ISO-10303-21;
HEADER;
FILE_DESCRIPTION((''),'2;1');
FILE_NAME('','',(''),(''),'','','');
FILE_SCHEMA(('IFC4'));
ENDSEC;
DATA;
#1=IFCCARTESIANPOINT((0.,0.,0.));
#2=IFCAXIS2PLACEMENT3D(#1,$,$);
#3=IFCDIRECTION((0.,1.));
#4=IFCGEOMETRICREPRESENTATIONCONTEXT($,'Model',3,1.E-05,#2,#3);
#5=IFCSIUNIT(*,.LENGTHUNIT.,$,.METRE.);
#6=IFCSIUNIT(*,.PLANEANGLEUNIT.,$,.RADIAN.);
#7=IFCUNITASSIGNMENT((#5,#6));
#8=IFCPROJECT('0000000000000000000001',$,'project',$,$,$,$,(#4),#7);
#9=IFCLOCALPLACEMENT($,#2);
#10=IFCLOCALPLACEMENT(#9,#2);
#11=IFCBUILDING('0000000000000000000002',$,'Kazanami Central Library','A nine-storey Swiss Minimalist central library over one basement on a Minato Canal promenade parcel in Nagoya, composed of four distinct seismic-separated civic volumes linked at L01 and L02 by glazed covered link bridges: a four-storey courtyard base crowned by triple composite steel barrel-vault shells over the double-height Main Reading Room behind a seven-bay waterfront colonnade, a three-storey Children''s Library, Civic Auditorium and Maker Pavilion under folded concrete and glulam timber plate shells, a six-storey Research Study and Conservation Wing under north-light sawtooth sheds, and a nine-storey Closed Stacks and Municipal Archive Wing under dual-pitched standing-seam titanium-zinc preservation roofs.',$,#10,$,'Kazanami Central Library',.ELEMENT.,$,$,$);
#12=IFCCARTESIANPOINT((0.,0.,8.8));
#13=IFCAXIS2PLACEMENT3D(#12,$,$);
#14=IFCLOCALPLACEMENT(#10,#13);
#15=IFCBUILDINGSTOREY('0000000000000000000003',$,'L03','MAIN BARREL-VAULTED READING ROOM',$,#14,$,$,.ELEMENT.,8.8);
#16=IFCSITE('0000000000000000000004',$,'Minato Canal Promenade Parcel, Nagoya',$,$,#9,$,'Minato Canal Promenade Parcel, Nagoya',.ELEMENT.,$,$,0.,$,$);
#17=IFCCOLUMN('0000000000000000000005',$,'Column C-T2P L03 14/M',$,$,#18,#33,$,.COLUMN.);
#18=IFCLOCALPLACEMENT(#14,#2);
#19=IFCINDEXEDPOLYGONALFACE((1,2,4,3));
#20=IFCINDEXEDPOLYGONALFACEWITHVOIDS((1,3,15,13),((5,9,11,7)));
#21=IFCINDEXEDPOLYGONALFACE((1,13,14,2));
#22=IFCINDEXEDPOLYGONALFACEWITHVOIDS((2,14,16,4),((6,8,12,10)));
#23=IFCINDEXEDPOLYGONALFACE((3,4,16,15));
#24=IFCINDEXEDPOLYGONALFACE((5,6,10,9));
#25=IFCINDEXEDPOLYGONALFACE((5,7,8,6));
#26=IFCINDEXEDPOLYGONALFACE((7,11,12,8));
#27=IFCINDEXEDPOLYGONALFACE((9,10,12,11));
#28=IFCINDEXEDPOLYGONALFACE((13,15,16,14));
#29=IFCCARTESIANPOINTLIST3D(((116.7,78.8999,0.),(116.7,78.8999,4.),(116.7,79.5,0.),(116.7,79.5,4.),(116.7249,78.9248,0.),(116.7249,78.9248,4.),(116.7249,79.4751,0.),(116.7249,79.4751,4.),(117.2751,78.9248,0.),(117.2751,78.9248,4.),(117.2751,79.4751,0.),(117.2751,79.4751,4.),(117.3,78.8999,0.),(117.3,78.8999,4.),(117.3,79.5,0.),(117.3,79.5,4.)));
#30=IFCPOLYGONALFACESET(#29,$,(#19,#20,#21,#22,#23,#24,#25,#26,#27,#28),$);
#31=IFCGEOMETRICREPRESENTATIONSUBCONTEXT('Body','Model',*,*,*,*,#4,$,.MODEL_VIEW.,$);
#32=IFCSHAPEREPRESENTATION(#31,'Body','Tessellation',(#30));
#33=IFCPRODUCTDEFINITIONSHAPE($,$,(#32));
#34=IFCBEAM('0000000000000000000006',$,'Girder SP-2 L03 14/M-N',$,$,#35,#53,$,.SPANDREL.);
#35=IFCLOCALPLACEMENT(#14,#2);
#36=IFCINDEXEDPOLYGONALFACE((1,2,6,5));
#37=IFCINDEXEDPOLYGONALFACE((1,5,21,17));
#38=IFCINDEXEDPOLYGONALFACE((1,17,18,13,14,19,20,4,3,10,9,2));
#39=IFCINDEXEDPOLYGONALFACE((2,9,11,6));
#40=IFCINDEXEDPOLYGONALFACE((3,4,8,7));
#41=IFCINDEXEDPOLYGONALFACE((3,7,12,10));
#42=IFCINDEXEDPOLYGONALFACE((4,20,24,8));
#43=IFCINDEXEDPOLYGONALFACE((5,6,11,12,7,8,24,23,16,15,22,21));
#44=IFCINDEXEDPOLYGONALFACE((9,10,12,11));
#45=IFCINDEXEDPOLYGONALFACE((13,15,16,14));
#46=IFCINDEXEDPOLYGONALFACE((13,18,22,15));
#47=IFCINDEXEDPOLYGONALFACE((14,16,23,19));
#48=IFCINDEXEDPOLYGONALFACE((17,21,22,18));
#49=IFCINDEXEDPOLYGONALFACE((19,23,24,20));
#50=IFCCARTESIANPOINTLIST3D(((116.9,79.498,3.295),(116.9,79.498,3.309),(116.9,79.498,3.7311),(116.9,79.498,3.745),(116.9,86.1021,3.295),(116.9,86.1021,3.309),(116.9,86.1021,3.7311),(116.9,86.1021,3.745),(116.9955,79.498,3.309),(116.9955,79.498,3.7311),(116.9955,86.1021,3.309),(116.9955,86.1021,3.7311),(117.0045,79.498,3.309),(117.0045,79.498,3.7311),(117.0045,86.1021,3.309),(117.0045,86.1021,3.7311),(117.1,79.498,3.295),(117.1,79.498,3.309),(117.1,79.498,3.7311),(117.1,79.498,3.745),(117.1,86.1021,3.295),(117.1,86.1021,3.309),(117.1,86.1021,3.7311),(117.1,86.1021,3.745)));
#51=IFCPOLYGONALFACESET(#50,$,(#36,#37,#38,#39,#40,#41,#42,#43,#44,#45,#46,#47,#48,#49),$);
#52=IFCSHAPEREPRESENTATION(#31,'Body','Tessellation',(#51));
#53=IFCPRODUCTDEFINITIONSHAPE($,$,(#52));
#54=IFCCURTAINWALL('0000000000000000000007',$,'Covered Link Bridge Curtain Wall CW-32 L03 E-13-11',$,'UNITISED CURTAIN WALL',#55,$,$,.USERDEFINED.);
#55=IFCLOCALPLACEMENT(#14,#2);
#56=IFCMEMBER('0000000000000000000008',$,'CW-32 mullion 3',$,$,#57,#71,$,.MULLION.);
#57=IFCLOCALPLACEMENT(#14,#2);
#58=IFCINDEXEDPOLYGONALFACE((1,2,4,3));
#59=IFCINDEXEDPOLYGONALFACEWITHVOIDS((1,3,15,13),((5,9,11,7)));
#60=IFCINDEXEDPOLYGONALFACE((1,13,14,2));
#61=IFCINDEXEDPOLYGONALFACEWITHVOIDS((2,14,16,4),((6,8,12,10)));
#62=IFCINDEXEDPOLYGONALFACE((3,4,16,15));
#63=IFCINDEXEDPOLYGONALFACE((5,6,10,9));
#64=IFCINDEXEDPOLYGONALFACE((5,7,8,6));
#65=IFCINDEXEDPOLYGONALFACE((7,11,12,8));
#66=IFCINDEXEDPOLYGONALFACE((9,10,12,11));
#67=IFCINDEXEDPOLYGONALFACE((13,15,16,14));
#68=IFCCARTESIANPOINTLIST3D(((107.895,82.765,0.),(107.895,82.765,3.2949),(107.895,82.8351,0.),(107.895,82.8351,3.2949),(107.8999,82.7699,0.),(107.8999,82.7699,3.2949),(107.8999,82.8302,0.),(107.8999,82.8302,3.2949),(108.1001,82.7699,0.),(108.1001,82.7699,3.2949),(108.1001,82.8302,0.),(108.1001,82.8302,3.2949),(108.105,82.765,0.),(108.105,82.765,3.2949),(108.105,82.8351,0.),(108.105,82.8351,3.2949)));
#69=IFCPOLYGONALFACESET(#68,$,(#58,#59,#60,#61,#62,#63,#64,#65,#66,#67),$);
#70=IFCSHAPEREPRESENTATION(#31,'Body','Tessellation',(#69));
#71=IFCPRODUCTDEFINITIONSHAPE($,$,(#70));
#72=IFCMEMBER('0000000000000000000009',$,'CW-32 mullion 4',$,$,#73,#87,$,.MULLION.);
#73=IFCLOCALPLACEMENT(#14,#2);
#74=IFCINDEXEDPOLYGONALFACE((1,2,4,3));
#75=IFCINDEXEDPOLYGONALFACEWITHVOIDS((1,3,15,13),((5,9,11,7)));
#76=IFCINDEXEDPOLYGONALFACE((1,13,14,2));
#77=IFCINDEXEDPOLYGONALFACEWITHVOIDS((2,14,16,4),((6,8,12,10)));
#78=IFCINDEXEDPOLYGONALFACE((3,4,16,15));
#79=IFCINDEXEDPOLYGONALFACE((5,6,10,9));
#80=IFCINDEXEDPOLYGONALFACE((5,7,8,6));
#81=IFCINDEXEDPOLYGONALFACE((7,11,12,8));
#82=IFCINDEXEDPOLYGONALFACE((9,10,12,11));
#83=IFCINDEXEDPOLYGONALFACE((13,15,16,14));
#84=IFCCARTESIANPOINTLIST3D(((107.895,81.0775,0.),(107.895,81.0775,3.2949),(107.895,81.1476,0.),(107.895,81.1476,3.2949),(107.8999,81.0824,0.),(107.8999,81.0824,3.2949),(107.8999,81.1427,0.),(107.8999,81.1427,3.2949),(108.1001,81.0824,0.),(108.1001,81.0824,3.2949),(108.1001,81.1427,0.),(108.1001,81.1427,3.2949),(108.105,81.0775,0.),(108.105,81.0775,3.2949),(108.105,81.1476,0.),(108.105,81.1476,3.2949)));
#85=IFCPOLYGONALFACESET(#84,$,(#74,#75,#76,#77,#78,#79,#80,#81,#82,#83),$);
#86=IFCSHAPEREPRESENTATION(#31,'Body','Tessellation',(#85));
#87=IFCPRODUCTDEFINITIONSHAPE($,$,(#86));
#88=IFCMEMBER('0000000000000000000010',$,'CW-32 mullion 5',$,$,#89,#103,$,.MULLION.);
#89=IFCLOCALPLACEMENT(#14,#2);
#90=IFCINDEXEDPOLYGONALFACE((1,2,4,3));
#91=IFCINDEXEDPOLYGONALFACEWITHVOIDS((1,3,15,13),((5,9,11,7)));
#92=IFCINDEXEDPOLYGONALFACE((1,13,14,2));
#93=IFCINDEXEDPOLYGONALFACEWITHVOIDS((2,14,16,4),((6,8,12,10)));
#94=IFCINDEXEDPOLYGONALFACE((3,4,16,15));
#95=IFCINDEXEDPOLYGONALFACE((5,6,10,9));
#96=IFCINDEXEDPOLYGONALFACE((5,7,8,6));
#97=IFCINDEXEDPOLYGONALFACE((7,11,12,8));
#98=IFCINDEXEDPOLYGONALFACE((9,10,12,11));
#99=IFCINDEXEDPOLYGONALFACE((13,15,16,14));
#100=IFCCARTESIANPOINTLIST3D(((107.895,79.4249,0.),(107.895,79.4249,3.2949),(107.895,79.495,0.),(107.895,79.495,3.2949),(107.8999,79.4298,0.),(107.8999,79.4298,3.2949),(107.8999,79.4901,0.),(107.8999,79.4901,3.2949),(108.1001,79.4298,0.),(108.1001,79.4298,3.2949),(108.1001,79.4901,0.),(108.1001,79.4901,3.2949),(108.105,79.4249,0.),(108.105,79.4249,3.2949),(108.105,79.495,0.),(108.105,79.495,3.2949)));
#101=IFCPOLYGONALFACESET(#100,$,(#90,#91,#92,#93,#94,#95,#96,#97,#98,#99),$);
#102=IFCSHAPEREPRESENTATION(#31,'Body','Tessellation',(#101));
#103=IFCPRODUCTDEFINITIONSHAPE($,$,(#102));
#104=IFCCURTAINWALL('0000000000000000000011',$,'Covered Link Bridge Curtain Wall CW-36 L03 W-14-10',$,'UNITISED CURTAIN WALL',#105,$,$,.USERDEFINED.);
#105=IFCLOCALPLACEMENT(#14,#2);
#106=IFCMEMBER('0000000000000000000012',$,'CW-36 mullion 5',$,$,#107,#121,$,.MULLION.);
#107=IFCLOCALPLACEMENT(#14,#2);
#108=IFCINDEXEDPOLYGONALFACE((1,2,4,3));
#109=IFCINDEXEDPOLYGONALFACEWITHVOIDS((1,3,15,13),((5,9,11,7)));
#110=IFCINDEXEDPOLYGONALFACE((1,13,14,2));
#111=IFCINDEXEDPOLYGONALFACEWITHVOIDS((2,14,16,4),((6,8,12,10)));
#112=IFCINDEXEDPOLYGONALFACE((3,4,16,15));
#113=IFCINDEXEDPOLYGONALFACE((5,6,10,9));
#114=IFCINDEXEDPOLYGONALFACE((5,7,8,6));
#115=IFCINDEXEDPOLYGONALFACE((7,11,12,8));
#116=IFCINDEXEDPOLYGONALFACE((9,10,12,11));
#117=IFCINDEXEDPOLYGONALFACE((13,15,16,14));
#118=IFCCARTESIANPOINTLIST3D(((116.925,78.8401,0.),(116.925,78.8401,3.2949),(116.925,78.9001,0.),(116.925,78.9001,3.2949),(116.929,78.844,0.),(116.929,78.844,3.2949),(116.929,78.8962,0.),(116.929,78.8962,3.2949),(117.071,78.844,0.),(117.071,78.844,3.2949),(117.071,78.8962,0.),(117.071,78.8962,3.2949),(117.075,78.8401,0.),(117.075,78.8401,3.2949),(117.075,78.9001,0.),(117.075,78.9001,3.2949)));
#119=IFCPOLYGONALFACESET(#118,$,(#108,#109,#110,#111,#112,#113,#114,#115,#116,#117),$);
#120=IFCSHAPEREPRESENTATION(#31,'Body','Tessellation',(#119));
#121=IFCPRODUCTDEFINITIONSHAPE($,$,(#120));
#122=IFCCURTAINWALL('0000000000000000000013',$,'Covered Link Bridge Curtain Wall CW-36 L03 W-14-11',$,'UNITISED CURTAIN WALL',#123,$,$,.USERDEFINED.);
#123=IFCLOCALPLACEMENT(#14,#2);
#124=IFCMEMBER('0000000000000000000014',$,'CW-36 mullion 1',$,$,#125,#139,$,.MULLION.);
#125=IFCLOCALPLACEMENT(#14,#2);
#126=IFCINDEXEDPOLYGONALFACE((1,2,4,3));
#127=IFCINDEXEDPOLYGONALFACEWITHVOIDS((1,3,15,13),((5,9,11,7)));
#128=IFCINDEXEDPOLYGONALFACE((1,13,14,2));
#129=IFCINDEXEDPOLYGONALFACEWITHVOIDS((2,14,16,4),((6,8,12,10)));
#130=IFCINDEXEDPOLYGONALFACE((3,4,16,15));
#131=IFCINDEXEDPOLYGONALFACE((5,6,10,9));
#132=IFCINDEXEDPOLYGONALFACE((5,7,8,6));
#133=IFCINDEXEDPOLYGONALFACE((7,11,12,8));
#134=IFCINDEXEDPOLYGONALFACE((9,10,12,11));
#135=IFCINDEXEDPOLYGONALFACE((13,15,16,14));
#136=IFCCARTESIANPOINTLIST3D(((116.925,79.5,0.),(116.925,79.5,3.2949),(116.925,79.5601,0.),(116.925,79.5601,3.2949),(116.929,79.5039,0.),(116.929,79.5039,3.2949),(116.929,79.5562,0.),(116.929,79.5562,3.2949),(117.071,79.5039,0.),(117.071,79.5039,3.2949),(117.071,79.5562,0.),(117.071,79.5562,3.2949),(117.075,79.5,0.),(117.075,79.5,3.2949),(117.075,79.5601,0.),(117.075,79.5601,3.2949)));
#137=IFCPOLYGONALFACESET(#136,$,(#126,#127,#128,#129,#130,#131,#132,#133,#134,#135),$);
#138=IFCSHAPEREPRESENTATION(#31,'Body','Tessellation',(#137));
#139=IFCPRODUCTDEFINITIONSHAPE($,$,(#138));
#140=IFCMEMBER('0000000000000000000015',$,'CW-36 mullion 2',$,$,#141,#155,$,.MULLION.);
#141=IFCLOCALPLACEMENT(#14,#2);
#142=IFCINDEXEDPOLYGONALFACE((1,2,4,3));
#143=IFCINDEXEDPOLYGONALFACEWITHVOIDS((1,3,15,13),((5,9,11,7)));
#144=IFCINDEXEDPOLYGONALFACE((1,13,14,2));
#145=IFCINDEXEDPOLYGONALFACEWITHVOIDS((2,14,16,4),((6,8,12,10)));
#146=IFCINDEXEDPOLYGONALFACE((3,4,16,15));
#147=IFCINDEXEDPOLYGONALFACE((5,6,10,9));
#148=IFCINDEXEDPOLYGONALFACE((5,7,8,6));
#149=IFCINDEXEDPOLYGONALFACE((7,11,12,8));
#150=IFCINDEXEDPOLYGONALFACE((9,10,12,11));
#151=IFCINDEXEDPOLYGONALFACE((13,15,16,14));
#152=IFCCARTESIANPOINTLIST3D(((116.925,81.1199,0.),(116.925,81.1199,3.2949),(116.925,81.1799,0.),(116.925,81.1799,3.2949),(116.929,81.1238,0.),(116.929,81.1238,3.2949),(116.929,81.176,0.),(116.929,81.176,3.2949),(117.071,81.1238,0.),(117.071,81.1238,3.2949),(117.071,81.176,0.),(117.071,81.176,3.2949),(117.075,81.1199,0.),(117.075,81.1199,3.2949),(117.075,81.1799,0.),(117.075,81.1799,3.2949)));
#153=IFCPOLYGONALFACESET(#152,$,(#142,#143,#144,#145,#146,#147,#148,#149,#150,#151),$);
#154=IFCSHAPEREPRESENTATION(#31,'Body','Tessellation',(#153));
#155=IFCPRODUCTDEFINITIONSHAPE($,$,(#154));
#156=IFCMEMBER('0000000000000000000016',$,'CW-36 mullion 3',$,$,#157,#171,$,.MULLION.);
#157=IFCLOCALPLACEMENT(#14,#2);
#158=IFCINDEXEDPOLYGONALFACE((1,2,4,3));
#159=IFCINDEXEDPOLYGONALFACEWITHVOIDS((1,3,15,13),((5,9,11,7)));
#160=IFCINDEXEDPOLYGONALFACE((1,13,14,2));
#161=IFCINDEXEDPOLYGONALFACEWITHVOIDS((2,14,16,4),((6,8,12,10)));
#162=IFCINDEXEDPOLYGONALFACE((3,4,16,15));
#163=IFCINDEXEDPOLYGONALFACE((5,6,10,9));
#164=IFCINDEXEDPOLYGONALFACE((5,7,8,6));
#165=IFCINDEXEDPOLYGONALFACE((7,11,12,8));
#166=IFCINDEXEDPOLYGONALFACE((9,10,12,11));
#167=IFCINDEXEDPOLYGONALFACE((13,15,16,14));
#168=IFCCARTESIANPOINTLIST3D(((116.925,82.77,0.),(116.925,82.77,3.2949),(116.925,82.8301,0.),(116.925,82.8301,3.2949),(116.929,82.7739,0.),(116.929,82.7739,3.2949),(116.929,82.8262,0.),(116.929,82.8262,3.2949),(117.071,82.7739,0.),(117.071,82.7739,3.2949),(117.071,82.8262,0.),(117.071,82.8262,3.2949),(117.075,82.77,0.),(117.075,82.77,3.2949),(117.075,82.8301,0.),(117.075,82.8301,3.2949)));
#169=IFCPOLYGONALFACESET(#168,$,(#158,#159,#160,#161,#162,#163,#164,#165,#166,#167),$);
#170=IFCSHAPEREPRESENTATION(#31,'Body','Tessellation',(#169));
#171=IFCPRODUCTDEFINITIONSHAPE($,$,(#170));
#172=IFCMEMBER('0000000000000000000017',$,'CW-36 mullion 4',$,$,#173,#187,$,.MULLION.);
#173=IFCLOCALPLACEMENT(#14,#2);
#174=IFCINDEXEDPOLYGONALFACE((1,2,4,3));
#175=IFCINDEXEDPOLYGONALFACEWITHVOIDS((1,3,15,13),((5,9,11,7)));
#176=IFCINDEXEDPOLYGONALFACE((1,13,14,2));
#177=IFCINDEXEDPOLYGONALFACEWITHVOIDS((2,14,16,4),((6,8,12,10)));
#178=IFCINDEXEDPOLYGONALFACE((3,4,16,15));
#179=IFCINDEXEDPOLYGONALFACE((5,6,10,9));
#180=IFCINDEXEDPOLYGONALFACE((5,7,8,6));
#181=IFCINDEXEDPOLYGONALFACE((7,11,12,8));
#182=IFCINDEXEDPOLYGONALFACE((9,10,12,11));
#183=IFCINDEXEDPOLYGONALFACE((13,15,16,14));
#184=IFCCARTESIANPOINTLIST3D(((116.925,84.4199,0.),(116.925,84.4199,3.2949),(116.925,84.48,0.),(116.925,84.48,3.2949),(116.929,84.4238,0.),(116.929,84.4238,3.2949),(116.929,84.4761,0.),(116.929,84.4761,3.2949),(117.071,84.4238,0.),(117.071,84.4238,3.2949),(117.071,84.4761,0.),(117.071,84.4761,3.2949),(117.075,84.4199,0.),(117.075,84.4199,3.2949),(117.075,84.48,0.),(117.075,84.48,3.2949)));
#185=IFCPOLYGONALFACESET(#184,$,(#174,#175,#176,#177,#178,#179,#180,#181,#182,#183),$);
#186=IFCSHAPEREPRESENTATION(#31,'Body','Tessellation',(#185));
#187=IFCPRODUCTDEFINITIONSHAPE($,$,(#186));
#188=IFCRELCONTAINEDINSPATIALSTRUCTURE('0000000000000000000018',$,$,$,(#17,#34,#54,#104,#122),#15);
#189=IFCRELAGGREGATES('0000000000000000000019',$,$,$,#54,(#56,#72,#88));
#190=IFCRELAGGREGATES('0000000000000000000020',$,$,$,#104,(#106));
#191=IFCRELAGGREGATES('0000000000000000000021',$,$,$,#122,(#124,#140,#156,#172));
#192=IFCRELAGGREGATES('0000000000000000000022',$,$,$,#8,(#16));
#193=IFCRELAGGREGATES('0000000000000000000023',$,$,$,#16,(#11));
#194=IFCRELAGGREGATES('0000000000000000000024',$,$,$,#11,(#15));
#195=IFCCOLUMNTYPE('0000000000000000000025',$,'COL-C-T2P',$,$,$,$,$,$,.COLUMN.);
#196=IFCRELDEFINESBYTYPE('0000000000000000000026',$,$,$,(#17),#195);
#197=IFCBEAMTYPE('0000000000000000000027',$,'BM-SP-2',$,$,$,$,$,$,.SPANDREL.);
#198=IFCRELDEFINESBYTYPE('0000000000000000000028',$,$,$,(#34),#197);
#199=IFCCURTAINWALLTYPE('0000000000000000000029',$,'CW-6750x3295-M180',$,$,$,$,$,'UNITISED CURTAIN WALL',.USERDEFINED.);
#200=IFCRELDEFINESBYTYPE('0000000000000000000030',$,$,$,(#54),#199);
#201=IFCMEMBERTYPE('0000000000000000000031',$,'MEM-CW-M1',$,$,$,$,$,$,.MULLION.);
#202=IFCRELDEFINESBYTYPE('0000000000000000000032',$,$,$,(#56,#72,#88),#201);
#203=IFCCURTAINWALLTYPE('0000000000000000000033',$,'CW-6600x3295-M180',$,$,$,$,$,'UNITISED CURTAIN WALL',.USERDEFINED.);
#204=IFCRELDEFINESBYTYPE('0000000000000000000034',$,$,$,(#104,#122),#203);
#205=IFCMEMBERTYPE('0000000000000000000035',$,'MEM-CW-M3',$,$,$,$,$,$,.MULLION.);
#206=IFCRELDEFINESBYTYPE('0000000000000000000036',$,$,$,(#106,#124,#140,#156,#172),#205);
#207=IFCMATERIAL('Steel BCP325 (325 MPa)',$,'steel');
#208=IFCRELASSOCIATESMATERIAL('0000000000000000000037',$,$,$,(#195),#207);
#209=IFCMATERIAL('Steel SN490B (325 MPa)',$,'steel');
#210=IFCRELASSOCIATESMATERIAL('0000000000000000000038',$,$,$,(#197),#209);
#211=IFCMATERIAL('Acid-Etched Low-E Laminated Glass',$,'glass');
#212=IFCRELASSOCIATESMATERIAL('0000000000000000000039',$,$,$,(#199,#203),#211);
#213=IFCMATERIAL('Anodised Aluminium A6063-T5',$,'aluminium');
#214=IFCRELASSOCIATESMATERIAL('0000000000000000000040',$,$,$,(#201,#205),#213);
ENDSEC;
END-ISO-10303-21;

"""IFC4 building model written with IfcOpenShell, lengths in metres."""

from ifc_helpers import new_model, si_unit, direction, frame, origin, origin_2d, place, context, subcontext, project, spatial, hollow_rectangle, i_section, extrude, material, material_profile, profile_set, type_object, element, aggregate, save


model = new_model("IFC4")

# Units and contexts
model_context = context("Model", 3, precision=1e-05, world=origin(), true_north=direction((0.0, 1.0)))
body_context = subcontext(model_context, "Body", "Model", "MODEL_VIEW")
ifc_project = project(units=[si_unit("LENGTHUNIT", "METRE"), si_unit("PLANEANGLEUNIT", "RADIAN")], contexts=[model_context])

# Site, building, storey
site_placement = place(None, origin())
site = spatial("IfcSite", under=ifc_project, at=site_placement, Name="Minato Canal Promenade Parcel, Nagoya", LongName="Minato Canal Promenade Parcel, Nagoya", CompositionType="ELEMENT", RefElevation=0.0)
building_placement = place(site_placement, origin())
building = spatial("IfcBuilding", under=site, at=building_placement, Name="Kazanami Central Library", Description="A nine-storey Swiss Minimalist central library over one basement on a Minato Canal promenade parcel in Nagoya, composed of four distinct seismic-separated civic volumes linked at L01 and L02 by glazed covered link bridges: a four-storey courtyard base crowned by triple composite steel barrel-vault shells over the double-height Main Reading Room behind a seven-bay waterfront colonnade, a three-storey Children's Library, Civic Auditorium and Maker Pavilion under folded concrete and glulam timber plate shells, a six-storey Research Study and Conservation Wing under north-light sawtooth sheds, and a nine-storey Closed Stacks and Municipal Archive Wing under dual-pitched standing-seam titanium-zinc preservation roofs.", LongName="Kazanami Central Library", CompositionType="ELEMENT")
storey_placement = place(building_placement, frame((0.0, 0.0, 8.8)))
storey = spatial("IfcBuildingStorey", under=building, at=storey_placement, Name="L03", Description="MAIN BARREL-VAULTED READING ROOM", CompositionType="ELEMENT", Elevation=8.8)

# Column
ifc_material_1 = material(Name="Steel BCP325 (325 MPa)", Category="steel")
ifc_material_profile_1 = material_profile(ifc_material_1, hollow_rectangle(XDim=0.6001, YDim=0.6001, WallThickness=0.0249, at=origin_2d()), Name="BCP-600x600x25")
ifc_profile_set_1 = profile_set([ifc_material_profile_1], Name="Steel BCP325 (325 MPa)")
column_type = type_object("IfcColumnType", Name="COL-C-T2P", PredefinedType="COLUMN", material=ifc_profile_set_1)
column_placement = place(storey_placement, frame((117.0, 79.2, 0.0), z_axis=(0.0, 0.0, 1.0), x_axis=(1.0, 0.0, 0.0)))
element("IfcColumn", 1, at=column_placement, inside=storey, type_object=column_type, Name="Column C-T2P L03 14/M", PredefinedType="COLUMN", context=body_context, shape_type="SweptSolid", body=[
    extrude(hollow_rectangle(XDim=0.6001, YDim=0.6001, WallThickness=0.0249, at=origin_2d()), origin(), (0.0, 0.0, 1.0), 4.0),
])

# Beam
ifc_material_2 = material(Name="Steel SN490B (325 MPa)", Category="steel")
ifc_material_profile_2 = material_profile(ifc_material_2, i_section(OverallWidth=0.2, OverallDepth=0.45, WebThickness=0.009, FlangeThickness=0.0139, at=origin_2d()), Name="H-450x200x9x14")
ifc_profile_set_2 = profile_set([ifc_material_profile_2], Name="Steel SN490B (325 MPa)")
beam_type = type_object("IfcBeamType", Name="BM-SP-2", PredefinedType="SPANDREL", material=ifc_profile_set_2)
beam_placement = place(storey_placement, frame((117.0, 79.498, 3.52), z_axis=(0.0, 1.0, 0.0), x_axis=(-1.0, 0.0, 0.0)))
element("IfcBeam", 2, at=beam_placement, inside=storey, type_object=beam_type, Name="Girder SP-2 L03 14/M-N", PredefinedType="SPANDREL", context=body_context, shape_type="SweptSolid", body=[
    extrude(i_section(OverallWidth=0.2, OverallDepth=0.45, WebThickness=0.009, FlangeThickness=0.0139, at=origin_2d()), origin(), (0.0, 0.0, 1.0), 6.604),
])

# Curtain wall, members
ifc_material_3 = material(Name="Acid-Etched Low-E Laminated Glass", Category="glass")
curtain_wall_type_1 = type_object("IfcCurtainWallType", Name="CW-6750x3295-M180", ElementType="UNITISED CURTAIN WALL", PredefinedType="USERDEFINED", material=ifc_material_3)
curtain_wall_1_placement = place(storey_placement, origin())
curtain_wall_1 = element("IfcCurtainWall", 3, at=curtain_wall_1_placement, inside=storey, type_object=curtain_wall_type_1, Name="Covered Link Bridge Curtain Wall CW-32 L03 E-13-11", ObjectType="UNITISED CURTAIN WALL", PredefinedType="USERDEFINED")
ifc_material_4 = material(Name="Anodised Aluminium A6063-T5", Category="aluminium")
ifc_material_profile_3 = material_profile(ifc_material_4, hollow_rectangle(XDim=0.0701, YDim=0.21, WallThickness=0.0049, at=origin_2d()), Name="ALU-MULL-70x210x5")
ifc_profile_set_3 = profile_set([ifc_material_profile_3], Name="Anodised Aluminium A6063-T5")
member_type_1 = type_object("IfcMemberType", Name="MEM-CW-M1", PredefinedType="MULLION", material=ifc_profile_set_3)
member_1_placement = place(storey_placement, frame((108.0, 82.8, 0.0), z_axis=(0.0, 0.0, 1.0), x_axis=(0.0, -1.0, 0.0)))
member_1 = element("IfcMember", 4, at=member_1_placement, type_object=member_type_1, Name="CW-32 mullion 3", PredefinedType="MULLION", context=body_context, shape_type="SweptSolid", body=[
    extrude(hollow_rectangle(XDim=0.0701, YDim=0.21, WallThickness=0.0049, at=origin_2d()), origin(), (0.0, 0.0, 1.0), 3.2949),
])
member_2_placement = place(storey_placement, frame((108.0, 81.1125, 0.0), z_axis=(0.0, 0.0, 1.0), x_axis=(0.0, -1.0, 0.0)))
member_2 = element("IfcMember", 5, at=member_2_placement, type_object=member_type_1, Name="CW-32 mullion 4", PredefinedType="MULLION", context=body_context, shape_type="SweptSolid", body=[
    extrude(hollow_rectangle(XDim=0.0701, YDim=0.21, WallThickness=0.0049, at=origin_2d()), origin(), (0.0, 0.0, 1.0), 3.2949),
])
member_3_placement = place(storey_placement, frame((108.0, 79.46, 0.0), z_axis=(0.0, 0.0, 1.0), x_axis=(0.0, -1.0, 0.0)))
member_3 = element("IfcMember", 6, at=member_3_placement, type_object=member_type_1, Name="CW-32 mullion 5", PredefinedType="MULLION", context=body_context, shape_type="SweptSolid", body=[
    extrude(hollow_rectangle(XDim=0.0701, YDim=0.21, WallThickness=0.0049, at=origin_2d()), origin(), (0.0, 0.0, 1.0), 3.2949),
])

# Curtain wall, member
curtain_wall_type_2 = type_object("IfcCurtainWallType", Name="CW-6600x3295-M180", ElementType="UNITISED CURTAIN WALL", PredefinedType="USERDEFINED", material=ifc_material_3)
curtain_wall_2_placement = place(storey_placement, origin())
curtain_wall_2 = element("IfcCurtainWall", 7, at=curtain_wall_2_placement, inside=storey, type_object=curtain_wall_type_2, Name="Covered Link Bridge Curtain Wall CW-36 L03 W-14-10", ObjectType="UNITISED CURTAIN WALL", PredefinedType="USERDEFINED")
ifc_material_profile_4 = material_profile(ifc_material_4, hollow_rectangle(XDim=0.0601, YDim=0.1499, WallThickness=0.0039, at=origin_2d()), Name="ALU-MULL-60x150x4")
ifc_profile_set_4 = profile_set([ifc_material_profile_4], Name="Anodised Aluminium A6063-T5")
member_type_2 = type_object("IfcMemberType", Name="MEM-CW-M3", PredefinedType="MULLION", material=ifc_profile_set_4)
member_4_placement = place(storey_placement, frame((117.0, 78.8701, 0.0), z_axis=(0.0, 0.0, 1.0), x_axis=(0.0, 1.0, 0.0)))
member_4 = element("IfcMember", 8, at=member_4_placement, type_object=member_type_2, Name="CW-36 mullion 5", PredefinedType="MULLION", context=body_context, shape_type="SweptSolid", body=[
    extrude(hollow_rectangle(XDim=0.0601, YDim=0.1499, WallThickness=0.0039, at=origin_2d()), origin(), (0.0, 0.0, 1.0), 3.2949),
])

# Curtain wall, members
curtain_wall_3_placement = place(storey_placement, origin())
curtain_wall_3 = element("IfcCurtainWall", 9, at=curtain_wall_3_placement, inside=storey, type_object=curtain_wall_type_2, Name="Covered Link Bridge Curtain Wall CW-36 L03 W-14-11", ObjectType="UNITISED CURTAIN WALL", PredefinedType="USERDEFINED")
member_5_placement = place(storey_placement, frame((117.0, 79.53, 0.0), z_axis=(0.0, 0.0, 1.0), x_axis=(0.0, 1.0, 0.0)))
member_5 = element("IfcMember", 10, at=member_5_placement, type_object=member_type_2, Name="CW-36 mullion 1", PredefinedType="MULLION", context=body_context, shape_type="SweptSolid", body=[
    extrude(hollow_rectangle(XDim=0.0601, YDim=0.1499, WallThickness=0.0039, at=origin_2d()), origin(), (0.0, 0.0, 1.0), 3.2949),
])
member_6_placement = place(storey_placement, frame((117.0, 81.1499, 0.0), z_axis=(0.0, 0.0, 1.0), x_axis=(0.0, 1.0, 0.0)))
member_6 = element("IfcMember", 11, at=member_6_placement, type_object=member_type_2, Name="CW-36 mullion 2", PredefinedType="MULLION", context=body_context, shape_type="SweptSolid", body=[
    extrude(hollow_rectangle(XDim=0.0601, YDim=0.1499, WallThickness=0.0039, at=origin_2d()), origin(), (0.0, 0.0, 1.0), 3.2949),
])
member_7_placement = place(storey_placement, frame((117.0, 82.8, 0.0), z_axis=(0.0, 0.0, 1.0), x_axis=(0.0, 1.0, 0.0)))
member_7 = element("IfcMember", 12, at=member_7_placement, type_object=member_type_2, Name="CW-36 mullion 3", PredefinedType="MULLION", context=body_context, shape_type="SweptSolid", body=[
    extrude(hollow_rectangle(XDim=0.0601, YDim=0.1499, WallThickness=0.0039, at=origin_2d()), origin(), (0.0, 0.0, 1.0), 3.2949),
])
member_8_placement = place(storey_placement, frame((117.0, 84.45, 0.0), z_axis=(0.0, 0.0, 1.0), x_axis=(0.0, 1.0, 0.0)))
member_8 = element("IfcMember", 13, at=member_8_placement, type_object=member_type_2, Name="CW-36 mullion 4", PredefinedType="MULLION", context=body_context, shape_type="SweptSolid", body=[
    extrude(hollow_rectangle(XDim=0.0601, YDim=0.1499, WallThickness=0.0039, at=origin_2d()), origin(), (0.0, 0.0, 1.0), 3.2949),
])

aggregate(curtain_wall_1, [member_1, member_2, member_3])
aggregate(curtain_wall_2, [member_4])
aggregate(curtain_wall_3, [member_5, member_6, member_7, member_8])

save(model, "model.ifc")
